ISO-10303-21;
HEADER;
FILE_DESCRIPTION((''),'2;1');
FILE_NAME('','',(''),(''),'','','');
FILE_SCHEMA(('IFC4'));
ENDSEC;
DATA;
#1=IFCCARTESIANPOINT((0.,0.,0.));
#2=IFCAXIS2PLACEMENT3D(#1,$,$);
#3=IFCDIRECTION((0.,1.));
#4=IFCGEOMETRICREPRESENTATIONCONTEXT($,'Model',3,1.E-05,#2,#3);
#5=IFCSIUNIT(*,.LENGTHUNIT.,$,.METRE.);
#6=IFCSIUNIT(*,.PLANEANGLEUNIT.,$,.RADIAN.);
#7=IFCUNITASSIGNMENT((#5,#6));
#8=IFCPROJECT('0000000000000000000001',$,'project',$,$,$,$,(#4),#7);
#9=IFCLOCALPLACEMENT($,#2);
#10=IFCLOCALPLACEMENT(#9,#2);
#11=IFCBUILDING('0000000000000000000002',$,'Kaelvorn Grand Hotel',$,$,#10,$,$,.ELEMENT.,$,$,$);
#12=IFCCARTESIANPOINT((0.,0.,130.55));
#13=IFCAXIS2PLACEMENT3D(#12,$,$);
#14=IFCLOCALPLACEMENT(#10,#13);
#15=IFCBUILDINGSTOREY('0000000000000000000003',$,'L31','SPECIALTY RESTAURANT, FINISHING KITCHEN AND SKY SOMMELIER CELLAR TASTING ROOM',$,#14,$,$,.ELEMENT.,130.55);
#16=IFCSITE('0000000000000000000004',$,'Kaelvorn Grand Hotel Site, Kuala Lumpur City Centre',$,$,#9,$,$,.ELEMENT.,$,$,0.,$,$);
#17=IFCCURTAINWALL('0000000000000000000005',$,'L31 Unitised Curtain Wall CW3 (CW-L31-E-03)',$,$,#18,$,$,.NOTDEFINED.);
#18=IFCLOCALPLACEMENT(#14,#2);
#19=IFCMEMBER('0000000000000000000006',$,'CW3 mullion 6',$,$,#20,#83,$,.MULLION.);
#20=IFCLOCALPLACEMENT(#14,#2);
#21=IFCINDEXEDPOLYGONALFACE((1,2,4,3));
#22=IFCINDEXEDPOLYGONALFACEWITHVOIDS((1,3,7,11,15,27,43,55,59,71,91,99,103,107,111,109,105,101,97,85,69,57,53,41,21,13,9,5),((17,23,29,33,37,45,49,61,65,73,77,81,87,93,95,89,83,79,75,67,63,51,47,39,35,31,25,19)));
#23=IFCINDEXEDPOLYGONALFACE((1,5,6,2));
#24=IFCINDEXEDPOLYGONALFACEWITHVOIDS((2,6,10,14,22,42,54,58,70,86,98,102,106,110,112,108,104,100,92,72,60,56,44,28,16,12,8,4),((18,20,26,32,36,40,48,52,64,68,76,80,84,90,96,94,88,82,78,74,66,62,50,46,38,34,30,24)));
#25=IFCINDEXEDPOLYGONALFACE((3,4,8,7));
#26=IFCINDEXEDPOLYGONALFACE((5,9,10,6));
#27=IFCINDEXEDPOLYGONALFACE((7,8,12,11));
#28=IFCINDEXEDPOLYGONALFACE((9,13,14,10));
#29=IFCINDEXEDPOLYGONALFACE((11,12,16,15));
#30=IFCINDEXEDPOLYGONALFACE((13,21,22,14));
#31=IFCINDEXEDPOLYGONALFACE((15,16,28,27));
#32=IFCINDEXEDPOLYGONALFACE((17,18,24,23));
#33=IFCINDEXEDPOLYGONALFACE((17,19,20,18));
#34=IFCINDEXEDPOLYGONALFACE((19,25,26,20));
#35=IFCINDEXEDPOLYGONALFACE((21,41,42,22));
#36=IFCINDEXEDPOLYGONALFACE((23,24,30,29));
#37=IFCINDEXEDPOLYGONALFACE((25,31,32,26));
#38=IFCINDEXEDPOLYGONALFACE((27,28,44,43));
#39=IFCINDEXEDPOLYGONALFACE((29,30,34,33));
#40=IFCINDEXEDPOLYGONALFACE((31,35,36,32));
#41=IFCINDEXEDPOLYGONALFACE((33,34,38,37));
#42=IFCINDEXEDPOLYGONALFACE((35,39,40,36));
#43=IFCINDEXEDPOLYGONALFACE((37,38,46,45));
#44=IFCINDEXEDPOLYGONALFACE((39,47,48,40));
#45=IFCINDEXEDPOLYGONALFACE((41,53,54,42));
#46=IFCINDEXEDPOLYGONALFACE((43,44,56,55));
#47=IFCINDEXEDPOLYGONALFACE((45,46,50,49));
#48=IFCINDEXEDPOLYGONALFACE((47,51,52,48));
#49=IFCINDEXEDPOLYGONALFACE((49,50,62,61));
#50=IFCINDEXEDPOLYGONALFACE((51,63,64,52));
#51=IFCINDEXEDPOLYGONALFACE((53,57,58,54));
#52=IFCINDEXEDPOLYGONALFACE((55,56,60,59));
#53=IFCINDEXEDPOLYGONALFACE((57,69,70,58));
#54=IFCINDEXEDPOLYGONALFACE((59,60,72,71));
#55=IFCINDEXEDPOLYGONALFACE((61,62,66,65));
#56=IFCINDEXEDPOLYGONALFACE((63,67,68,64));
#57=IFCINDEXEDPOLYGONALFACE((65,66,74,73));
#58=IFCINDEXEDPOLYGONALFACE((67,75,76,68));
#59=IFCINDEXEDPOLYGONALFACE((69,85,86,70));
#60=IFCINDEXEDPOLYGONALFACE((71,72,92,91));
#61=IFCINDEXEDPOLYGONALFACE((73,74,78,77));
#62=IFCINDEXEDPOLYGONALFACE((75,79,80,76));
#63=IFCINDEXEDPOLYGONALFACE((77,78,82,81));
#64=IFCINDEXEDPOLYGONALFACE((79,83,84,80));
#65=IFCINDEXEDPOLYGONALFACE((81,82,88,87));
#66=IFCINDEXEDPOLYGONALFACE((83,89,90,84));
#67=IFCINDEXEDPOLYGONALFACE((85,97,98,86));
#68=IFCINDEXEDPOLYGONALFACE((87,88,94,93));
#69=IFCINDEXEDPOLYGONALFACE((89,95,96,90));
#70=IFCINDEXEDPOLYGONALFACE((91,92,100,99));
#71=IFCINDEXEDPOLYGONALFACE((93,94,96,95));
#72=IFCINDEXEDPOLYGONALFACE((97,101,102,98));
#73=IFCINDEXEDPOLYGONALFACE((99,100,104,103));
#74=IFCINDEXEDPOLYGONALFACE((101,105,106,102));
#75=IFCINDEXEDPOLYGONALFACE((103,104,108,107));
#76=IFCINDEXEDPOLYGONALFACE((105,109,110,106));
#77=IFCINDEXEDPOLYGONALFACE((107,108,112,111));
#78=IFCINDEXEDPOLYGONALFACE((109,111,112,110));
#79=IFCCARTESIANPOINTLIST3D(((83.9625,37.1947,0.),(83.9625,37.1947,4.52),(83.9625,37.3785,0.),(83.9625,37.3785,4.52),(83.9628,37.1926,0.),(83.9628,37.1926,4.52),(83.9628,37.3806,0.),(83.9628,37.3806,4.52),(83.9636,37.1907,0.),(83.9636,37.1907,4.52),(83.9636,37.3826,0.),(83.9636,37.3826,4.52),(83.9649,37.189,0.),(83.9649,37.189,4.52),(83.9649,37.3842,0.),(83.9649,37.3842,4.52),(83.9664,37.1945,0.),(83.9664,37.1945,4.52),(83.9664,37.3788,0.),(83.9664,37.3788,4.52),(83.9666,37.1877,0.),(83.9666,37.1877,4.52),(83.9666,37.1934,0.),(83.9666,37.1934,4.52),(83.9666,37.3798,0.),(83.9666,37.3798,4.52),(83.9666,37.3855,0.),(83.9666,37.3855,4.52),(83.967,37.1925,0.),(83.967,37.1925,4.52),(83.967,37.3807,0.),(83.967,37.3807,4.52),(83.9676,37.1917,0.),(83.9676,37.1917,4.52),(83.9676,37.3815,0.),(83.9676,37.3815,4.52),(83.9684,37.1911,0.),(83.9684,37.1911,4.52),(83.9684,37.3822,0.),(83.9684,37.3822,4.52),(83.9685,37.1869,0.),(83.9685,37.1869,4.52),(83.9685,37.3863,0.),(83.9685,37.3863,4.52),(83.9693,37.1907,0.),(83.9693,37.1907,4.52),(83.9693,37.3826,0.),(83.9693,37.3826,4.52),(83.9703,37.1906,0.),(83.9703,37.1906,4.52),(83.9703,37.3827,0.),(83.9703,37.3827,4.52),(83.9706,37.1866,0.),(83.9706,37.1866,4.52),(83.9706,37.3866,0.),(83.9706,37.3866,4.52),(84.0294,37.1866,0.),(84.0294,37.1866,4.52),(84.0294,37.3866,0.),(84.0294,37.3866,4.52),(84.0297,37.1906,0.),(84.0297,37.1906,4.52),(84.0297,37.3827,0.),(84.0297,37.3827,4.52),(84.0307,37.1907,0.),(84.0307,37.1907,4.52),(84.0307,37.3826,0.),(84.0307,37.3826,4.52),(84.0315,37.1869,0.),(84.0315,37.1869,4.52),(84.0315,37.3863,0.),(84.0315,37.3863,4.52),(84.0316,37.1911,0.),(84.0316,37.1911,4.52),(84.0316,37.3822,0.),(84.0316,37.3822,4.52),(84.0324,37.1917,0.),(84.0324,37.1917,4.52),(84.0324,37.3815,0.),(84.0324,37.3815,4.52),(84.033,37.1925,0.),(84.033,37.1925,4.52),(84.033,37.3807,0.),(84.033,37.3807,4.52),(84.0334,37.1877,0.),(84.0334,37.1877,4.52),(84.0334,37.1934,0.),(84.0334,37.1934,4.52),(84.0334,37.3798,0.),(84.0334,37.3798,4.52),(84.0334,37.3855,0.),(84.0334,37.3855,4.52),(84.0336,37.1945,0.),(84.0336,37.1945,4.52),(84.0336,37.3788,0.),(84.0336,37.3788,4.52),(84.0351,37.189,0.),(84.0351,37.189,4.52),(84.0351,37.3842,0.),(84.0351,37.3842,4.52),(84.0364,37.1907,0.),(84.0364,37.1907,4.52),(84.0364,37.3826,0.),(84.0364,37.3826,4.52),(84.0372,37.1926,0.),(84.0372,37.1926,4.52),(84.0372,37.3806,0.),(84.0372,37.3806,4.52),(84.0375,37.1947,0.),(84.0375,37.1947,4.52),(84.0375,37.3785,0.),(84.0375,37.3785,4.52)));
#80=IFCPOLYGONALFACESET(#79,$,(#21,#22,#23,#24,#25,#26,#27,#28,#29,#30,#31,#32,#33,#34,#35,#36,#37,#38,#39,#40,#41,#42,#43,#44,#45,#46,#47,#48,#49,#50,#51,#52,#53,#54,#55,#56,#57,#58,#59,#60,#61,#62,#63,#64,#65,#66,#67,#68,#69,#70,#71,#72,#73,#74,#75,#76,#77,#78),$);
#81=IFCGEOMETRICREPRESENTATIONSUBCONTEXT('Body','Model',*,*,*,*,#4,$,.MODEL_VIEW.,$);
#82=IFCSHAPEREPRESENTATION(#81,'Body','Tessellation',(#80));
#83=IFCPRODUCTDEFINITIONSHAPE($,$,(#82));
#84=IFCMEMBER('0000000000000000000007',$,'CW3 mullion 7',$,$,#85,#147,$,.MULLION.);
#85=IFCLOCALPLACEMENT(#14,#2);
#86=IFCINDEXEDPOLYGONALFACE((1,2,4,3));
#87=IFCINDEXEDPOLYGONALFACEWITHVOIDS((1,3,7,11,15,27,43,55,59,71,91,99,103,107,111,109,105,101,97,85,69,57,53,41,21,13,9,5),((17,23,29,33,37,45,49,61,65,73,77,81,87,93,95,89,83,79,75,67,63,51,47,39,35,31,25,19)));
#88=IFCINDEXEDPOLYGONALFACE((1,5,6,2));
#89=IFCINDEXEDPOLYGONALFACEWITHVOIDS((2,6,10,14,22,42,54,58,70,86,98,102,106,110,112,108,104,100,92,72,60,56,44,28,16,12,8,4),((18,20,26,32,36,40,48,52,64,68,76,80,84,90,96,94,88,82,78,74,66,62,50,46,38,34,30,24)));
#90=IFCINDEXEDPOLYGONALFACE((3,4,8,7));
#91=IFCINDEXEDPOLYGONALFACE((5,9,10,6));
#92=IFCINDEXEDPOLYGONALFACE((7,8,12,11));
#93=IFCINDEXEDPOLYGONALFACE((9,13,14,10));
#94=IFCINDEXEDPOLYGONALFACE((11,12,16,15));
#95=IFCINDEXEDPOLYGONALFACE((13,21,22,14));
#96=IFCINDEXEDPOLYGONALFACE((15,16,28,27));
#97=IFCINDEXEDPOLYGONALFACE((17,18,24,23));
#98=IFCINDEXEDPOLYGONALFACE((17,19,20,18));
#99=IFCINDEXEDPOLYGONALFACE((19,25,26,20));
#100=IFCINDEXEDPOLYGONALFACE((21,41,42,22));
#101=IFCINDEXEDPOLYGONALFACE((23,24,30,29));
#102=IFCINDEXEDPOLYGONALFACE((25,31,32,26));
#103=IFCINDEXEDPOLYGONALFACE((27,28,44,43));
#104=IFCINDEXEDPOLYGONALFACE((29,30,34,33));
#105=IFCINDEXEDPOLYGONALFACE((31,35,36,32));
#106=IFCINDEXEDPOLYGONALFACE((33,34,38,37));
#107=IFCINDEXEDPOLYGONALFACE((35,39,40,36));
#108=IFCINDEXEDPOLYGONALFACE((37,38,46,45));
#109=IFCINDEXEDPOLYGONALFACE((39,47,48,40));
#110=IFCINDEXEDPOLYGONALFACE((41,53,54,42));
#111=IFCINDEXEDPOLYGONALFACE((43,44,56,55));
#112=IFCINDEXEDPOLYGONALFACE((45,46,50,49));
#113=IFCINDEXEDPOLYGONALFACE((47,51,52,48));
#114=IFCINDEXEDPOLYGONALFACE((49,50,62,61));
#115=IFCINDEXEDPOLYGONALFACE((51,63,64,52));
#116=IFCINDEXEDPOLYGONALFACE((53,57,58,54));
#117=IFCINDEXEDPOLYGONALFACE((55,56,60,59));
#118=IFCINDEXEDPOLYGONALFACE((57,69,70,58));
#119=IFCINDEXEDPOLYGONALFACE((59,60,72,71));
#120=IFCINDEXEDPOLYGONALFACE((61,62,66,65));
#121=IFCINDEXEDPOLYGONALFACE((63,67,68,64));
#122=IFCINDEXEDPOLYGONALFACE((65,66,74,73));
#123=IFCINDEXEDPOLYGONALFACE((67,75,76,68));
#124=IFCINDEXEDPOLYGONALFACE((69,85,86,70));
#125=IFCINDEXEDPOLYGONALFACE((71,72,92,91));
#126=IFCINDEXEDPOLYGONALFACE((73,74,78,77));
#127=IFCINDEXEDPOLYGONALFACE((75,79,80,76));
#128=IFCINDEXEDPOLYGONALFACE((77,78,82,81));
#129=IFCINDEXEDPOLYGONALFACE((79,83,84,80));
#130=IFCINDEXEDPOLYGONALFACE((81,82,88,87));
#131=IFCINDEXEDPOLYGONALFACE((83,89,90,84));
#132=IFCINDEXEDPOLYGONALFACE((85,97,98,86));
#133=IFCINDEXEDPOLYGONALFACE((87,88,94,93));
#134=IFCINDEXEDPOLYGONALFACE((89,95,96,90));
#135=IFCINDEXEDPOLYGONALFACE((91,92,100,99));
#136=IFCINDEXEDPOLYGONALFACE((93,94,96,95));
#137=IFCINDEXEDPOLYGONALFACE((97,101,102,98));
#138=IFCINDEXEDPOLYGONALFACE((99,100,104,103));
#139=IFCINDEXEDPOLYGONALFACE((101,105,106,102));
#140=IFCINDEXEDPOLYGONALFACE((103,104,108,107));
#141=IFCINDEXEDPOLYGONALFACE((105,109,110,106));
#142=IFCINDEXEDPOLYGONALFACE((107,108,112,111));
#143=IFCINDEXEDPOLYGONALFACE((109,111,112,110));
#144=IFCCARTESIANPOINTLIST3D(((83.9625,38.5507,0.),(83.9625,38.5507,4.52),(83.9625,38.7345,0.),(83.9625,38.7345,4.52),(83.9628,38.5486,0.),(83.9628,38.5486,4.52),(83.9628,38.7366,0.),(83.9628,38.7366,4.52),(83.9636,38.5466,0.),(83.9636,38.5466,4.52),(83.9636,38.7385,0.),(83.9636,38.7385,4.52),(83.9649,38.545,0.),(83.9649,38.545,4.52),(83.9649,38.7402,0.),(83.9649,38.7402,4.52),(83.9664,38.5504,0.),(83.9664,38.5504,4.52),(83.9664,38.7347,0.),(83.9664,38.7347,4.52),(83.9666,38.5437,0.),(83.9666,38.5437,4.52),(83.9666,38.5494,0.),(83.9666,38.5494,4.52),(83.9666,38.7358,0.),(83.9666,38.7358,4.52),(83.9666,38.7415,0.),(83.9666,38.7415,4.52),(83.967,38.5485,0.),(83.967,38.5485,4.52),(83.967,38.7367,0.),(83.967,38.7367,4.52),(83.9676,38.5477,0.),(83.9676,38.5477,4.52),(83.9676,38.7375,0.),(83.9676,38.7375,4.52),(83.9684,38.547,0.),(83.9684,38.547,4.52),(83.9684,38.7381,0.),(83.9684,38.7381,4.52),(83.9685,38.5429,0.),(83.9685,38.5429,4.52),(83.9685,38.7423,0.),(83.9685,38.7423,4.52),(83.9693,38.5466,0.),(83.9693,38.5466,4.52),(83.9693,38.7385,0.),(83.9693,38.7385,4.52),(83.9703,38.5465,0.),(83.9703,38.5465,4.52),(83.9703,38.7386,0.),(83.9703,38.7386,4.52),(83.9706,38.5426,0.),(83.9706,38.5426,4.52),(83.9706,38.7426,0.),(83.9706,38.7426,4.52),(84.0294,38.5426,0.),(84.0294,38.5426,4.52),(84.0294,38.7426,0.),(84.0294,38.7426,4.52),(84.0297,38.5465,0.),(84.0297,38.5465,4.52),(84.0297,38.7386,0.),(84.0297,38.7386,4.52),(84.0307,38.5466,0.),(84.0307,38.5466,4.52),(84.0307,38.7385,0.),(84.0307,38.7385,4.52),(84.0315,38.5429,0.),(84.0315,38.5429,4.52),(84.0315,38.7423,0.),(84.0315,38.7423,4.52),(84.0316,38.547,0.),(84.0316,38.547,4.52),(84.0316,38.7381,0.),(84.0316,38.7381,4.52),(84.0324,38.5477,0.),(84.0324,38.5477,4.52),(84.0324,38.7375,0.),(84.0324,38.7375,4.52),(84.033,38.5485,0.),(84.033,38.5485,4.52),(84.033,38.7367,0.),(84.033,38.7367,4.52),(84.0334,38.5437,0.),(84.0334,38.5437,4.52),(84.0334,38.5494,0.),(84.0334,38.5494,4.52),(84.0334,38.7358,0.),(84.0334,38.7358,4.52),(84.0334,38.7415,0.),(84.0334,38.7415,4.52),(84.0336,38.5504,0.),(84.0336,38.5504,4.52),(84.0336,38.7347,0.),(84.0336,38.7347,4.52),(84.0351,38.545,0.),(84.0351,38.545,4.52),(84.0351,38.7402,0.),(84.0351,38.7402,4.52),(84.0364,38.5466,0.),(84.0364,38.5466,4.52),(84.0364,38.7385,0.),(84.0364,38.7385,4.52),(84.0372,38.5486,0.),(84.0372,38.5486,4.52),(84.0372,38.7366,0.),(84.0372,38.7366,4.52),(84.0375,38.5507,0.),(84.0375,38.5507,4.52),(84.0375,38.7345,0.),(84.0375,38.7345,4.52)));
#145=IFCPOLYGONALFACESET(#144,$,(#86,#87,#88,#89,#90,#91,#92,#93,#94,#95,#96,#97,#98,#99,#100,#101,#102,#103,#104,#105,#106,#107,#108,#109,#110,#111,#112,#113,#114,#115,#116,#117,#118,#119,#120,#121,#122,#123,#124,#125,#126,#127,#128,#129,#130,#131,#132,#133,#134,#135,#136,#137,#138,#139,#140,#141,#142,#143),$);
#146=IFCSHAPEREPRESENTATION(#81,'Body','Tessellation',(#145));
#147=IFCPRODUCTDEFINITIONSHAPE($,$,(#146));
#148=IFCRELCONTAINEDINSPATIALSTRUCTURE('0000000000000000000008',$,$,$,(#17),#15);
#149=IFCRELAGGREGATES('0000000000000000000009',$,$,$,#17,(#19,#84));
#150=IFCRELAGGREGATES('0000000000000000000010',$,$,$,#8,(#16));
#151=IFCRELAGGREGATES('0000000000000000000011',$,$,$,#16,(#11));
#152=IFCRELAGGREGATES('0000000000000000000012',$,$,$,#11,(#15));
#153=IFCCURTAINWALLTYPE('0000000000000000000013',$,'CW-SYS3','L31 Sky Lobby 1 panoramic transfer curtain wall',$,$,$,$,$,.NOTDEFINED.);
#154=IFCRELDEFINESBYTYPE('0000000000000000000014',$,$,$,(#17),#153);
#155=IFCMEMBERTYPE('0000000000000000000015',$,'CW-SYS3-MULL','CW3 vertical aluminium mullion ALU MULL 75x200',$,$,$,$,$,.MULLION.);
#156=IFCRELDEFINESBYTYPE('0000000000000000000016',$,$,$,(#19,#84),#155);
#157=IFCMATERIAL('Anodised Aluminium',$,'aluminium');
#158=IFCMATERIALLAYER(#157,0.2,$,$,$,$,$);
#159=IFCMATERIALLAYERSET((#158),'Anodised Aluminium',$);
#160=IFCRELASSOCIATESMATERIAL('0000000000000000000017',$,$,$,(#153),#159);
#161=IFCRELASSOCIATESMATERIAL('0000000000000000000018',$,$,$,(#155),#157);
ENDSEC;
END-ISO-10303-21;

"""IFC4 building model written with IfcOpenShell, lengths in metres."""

from ifc_helpers import new_model, si_unit, direction, frame, origin, origin_2d, place, context, subcontext, project, spatial, hollow_rectangle, extrude, material, layer, layer_set, material_profile, profile_set, type_object, element, aggregate, save


model = new_model("IFC4")

# Units and contexts
model_context = context("Model", 3, precision=1e-05, world=origin(), true_north=direction((0.0, 1.0)))
body_context = subcontext(model_context, "Body", "Model", "MODEL_VIEW")
ifc_project = project(units=[si_unit("LENGTHUNIT", "METRE"), si_unit("PLANEANGLEUNIT", "RADIAN")], contexts=[model_context])

# Site, building, storey
site_placement = place(None, origin())
site = spatial("IfcSite", under=ifc_project, at=site_placement, Name="Kaelvorn Grand Hotel Site, Kuala Lumpur City Centre", CompositionType="ELEMENT", RefElevation=0.0)
building_placement = place(site_placement, origin())
building = spatial("IfcBuilding", under=site, at=building_placement, Name="Kaelvorn Grand Hotel", CompositionType="ELEMENT")
storey_placement = place(building_placement, frame((0.0, 0.0, 130.55)))
storey = spatial("IfcBuildingStorey", under=building, at=storey_placement, Name="L31", Description="SPECIALTY RESTAURANT, FINISHING KITCHEN AND SKY SOMMELIER CELLAR TASTING ROOM", CompositionType="ELEMENT", Elevation=130.55)

# Curtain wall, members
ifc_material_1 = material(Name="Anodised Aluminium", Category="aluminium")
ifc_layer_1 = layer(ifc_material_1, 0.2)
ifc_layer_set_1 = layer_set([ifc_layer_1], Name="Anodised Aluminium")
curtain_wall_type = type_object("IfcCurtainWallType", Name="CW-SYS3", Description="L31 Sky Lobby 1 panoramic transfer curtain wall", PredefinedType="NOTDEFINED", material=ifc_layer_set_1)
curtain_wall_placement = place(storey_placement, origin())
curtain_wall = element("IfcCurtainWall", 1, at=curtain_wall_placement, inside=storey, type_object=curtain_wall_type, Name="L31 Unitised Curtain Wall CW3 (CW-L31-E-03)", PredefinedType="NOTDEFINED")
ifc_material_profile_1 = material_profile(ifc_material_1, hollow_rectangle(XDim=0.075, YDim=0.2, WallThickness=0.0039, InnerFilletRadius=0.0039, OuterFilletRadius=0.0081, at=origin_2d()), Name="ALU MULL 75x200")
ifc_profile_set_1 = profile_set([ifc_material_profile_1], Name="Anodised Aluminium")
member_type_1 = type_object("IfcMemberType", Name="CW-SYS3-MULL", Description="CW3 vertical aluminium mullion ALU MULL 75x200", PredefinedType="MULLION", material=ifc_profile_set_1)
member_1_placement = place(storey_placement, frame((84.0, 37.2866, 0.0), z_axis=(0.0, 0.0, 1.0), x_axis=(-1.0, 0.0, 0.0)))
member_1 = element("IfcMember", 2, at=member_1_placement, type_object=member_type_1, Name="CW3 mullion 6", PredefinedType="MULLION", context=body_context, shape_type="SweptSolid", body=[
    extrude(hollow_rectangle(XDim=0.075, YDim=0.2, WallThickness=0.0039, InnerFilletRadius=0.0039, OuterFilletRadius=0.0081, at=origin_2d()), origin(), (0.0, 0.0, 1.0), 4.52),
])
member_2_placement = place(storey_placement, frame((84.0, 38.6426, 0.0), z_axis=(0.0, 0.0, 1.0), x_axis=(-1.0, 0.0, 0.0)))
member_2 = element("IfcMember", 3, at=member_2_placement, type_object=member_type_1, Name="CW3 mullion 7", PredefinedType="MULLION", context=body_context, shape_type="SweptSolid", body=[
    extrude(hollow_rectangle(XDim=0.075, YDim=0.2, WallThickness=0.0039, InnerFilletRadius=0.0039, OuterFilletRadius=0.0081, at=origin_2d()), origin(), (0.0, 0.0, 1.0), 4.52),
])
aggregate(curtain_wall, [member_1, member_2])

save(model, "model.ifc")
